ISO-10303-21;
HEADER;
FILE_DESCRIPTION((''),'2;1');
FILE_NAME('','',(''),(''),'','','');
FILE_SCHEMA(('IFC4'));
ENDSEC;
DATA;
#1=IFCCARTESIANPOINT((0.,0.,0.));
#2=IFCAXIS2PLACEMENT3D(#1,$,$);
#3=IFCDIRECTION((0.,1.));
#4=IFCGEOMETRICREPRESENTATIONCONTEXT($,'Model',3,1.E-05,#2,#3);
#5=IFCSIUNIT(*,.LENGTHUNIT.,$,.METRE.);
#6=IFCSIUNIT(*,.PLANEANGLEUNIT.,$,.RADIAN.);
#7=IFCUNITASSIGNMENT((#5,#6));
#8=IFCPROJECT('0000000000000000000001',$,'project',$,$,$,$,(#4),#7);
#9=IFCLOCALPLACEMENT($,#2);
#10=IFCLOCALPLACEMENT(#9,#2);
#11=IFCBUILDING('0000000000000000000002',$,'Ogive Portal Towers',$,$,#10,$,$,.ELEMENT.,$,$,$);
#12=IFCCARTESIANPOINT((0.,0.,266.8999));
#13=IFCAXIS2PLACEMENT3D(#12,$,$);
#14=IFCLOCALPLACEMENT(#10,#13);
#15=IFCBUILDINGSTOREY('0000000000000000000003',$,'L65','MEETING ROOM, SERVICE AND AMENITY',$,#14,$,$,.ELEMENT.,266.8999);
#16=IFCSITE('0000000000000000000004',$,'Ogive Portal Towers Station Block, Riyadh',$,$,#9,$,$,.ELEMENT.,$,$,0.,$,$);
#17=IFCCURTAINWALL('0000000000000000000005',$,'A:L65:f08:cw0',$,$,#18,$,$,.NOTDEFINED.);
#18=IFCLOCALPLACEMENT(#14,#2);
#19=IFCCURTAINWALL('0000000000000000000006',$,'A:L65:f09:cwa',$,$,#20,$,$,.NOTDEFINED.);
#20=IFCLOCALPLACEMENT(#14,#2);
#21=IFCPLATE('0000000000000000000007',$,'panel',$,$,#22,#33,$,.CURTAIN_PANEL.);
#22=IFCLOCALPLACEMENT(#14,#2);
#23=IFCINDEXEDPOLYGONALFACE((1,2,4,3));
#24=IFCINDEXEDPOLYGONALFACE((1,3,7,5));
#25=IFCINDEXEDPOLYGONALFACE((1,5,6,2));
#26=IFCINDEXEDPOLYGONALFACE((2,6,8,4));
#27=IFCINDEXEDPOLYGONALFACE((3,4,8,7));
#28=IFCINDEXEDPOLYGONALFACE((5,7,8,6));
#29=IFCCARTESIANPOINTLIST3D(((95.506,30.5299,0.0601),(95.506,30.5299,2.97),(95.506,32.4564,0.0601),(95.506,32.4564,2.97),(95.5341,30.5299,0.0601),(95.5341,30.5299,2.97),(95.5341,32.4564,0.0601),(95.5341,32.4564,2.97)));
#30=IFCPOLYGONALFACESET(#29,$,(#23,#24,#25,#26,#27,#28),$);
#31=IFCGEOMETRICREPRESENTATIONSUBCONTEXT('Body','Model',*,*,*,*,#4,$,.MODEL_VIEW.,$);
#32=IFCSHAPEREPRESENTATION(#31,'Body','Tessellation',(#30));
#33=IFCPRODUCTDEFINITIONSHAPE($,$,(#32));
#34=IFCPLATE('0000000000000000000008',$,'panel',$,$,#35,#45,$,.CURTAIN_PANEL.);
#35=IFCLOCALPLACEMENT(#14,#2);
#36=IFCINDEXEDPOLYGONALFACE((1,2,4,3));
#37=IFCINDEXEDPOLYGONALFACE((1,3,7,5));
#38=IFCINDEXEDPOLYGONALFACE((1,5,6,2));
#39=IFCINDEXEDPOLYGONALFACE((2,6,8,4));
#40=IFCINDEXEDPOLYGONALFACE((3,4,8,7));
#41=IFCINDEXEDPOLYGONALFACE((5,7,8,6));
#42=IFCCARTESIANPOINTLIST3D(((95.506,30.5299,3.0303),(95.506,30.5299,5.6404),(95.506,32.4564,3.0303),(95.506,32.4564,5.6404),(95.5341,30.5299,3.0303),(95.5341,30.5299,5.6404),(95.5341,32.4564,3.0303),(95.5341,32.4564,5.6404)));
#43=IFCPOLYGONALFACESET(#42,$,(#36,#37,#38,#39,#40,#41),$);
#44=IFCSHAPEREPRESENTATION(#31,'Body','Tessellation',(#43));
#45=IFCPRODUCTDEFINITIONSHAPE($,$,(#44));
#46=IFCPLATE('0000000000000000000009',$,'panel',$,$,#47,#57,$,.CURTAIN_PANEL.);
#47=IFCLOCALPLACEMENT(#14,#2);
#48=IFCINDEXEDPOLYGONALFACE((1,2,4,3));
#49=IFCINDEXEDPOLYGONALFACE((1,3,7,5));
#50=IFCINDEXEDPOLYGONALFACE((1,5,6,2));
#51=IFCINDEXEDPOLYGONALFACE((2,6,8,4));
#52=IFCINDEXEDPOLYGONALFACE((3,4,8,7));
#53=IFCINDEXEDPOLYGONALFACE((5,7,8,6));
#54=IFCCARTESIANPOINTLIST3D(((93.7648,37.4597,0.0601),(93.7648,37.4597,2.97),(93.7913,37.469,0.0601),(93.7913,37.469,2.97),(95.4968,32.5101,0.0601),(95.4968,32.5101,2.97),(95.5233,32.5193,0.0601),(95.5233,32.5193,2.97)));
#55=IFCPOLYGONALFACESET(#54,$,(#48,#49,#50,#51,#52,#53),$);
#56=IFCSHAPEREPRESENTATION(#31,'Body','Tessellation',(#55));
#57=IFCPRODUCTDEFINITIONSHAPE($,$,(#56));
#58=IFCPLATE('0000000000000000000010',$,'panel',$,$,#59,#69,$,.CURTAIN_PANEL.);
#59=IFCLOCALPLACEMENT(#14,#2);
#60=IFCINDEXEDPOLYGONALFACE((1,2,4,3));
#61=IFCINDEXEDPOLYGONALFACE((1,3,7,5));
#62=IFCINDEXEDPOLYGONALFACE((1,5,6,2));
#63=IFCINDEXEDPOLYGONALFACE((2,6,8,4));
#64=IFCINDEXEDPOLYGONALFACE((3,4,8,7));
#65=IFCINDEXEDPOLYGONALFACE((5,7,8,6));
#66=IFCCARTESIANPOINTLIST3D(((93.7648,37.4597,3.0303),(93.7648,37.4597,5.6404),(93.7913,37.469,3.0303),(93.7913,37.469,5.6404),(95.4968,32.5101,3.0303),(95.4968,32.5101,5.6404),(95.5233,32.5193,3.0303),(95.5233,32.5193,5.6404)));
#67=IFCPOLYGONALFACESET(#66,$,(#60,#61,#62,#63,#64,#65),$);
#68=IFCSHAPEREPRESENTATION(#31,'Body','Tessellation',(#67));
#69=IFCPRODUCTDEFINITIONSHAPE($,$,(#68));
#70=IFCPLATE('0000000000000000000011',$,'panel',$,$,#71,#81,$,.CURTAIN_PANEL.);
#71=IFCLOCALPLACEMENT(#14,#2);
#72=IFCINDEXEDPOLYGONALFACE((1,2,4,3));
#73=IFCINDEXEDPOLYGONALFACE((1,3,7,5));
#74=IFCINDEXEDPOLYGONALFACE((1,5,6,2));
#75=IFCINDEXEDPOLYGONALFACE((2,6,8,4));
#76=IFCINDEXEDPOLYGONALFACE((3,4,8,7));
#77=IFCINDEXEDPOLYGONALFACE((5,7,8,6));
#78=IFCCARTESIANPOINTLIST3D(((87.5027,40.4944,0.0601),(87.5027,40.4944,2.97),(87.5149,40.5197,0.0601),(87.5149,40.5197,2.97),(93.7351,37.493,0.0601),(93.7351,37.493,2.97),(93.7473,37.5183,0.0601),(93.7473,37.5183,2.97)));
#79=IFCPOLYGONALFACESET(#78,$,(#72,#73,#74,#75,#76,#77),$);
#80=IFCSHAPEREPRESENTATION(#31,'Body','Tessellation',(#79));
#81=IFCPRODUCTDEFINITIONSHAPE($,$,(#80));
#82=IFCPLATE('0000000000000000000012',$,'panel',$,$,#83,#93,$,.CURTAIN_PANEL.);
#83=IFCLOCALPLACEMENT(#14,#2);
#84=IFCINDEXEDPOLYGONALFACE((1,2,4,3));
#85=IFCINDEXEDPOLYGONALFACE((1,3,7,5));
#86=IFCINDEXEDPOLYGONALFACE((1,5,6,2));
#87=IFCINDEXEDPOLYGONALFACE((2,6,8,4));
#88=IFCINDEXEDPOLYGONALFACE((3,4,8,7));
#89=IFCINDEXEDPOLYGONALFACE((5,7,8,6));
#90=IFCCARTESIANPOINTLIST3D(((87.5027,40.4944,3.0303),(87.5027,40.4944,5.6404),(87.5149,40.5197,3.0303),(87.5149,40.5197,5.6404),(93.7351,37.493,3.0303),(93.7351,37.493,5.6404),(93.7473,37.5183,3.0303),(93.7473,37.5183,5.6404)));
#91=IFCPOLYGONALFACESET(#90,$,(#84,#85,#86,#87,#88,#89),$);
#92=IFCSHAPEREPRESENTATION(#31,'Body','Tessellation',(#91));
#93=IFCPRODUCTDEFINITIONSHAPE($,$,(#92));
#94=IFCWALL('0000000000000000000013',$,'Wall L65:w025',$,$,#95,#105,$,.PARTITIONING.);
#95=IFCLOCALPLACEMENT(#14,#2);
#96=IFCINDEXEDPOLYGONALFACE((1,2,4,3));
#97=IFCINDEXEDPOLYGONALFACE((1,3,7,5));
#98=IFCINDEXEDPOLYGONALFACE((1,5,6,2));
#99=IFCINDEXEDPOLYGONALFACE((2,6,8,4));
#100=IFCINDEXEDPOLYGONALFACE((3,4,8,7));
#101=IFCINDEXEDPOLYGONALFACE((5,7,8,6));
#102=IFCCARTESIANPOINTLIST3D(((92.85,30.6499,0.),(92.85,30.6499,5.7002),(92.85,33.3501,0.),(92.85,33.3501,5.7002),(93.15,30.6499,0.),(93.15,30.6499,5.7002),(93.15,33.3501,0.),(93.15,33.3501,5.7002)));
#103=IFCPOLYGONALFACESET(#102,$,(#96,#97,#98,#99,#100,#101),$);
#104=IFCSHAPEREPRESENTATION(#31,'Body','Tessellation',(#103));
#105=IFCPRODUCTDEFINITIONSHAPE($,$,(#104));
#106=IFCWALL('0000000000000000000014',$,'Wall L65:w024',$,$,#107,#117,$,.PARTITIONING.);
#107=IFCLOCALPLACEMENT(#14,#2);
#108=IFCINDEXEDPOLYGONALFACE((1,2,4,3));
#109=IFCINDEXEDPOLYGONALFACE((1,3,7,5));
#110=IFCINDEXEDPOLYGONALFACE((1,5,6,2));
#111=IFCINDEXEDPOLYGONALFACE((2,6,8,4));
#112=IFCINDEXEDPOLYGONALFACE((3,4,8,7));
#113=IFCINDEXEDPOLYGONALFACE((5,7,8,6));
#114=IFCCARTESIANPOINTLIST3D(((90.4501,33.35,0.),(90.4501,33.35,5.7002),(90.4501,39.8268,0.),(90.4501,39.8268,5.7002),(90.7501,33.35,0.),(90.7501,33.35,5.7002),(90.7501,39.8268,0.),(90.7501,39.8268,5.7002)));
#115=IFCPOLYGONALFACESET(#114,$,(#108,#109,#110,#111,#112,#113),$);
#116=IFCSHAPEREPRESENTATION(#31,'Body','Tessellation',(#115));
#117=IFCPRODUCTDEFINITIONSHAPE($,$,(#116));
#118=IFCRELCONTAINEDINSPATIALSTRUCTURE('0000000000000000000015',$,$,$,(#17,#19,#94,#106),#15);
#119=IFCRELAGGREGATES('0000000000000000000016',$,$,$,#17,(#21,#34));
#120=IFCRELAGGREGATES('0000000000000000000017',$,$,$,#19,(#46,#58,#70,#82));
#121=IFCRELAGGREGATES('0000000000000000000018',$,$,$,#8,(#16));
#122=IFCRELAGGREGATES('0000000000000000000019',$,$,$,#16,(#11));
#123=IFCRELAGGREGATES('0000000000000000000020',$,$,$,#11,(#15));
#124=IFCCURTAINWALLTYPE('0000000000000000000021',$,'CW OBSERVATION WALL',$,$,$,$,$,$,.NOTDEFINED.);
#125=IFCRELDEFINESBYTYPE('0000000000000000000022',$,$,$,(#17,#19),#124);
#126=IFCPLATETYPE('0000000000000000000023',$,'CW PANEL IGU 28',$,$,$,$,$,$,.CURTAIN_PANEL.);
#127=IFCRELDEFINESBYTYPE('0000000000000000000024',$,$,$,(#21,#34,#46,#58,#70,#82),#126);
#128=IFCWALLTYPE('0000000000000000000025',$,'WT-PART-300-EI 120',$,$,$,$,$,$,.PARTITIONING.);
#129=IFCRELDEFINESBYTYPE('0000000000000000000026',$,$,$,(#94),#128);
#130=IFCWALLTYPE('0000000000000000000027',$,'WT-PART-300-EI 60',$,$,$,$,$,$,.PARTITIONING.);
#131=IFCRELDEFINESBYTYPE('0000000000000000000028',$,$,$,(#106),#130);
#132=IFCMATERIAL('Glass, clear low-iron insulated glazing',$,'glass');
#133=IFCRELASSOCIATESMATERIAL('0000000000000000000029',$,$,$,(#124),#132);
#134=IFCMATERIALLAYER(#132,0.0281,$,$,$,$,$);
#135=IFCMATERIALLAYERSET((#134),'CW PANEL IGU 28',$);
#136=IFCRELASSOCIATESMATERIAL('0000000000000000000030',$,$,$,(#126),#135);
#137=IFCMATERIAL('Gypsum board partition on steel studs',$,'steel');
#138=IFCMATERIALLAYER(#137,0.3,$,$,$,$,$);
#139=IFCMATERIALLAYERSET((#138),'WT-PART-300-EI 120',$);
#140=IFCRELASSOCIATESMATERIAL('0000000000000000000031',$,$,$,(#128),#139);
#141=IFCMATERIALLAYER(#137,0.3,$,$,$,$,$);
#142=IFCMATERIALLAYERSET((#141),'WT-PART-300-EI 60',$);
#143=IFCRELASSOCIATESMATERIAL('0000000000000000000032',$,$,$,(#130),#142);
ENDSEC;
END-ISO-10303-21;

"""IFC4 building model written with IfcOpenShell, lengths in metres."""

from ifc_helpers import new_model, si_unit, direction, frame, frame_2d, origin, origin_2d, place, context, subcontext, project, spatial, rectangle, extrude, material, layer, layer_set, type_object, element, aggregate, save


model = new_model("IFC4")

# Units and contexts
model_context = context("Model", 3, precision=1e-05, world=origin(), true_north=direction((0.0, 1.0)))
body_context = subcontext(model_context, "Body", "Model", "MODEL_VIEW")
ifc_project = project(units=[si_unit("LENGTHUNIT", "METRE"), si_unit("PLANEANGLEUNIT", "RADIAN")], contexts=[model_context])

# Site, building, storey
site_placement = place(None, origin())
site = spatial("IfcSite", under=ifc_project, at=site_placement, Name="Ogive Portal Towers Station Block, Riyadh", CompositionType="ELEMENT", RefElevation=0.0)
building_placement = place(site_placement, origin())
building = spatial("IfcBuilding", under=site, at=building_placement, Name="Ogive Portal Towers", CompositionType="ELEMENT")
storey_placement = place(building_placement, frame((0.0, 0.0, 266.8999)))
storey = spatial("IfcBuildingStorey", under=building, at=storey_placement, Name="L65", Description="MEETING ROOM, SERVICE AND AMENITY", CompositionType="ELEMENT", Elevation=266.8999)

# Curtain wall
ifc_material_1 = material(Name="Glass, clear low-iron insulated glazing", Category="glass")
curtain_wall_type = type_object("IfcCurtainWallType", Name="CW OBSERVATION WALL", PredefinedType="NOTDEFINED", material=ifc_material_1)
curtain_wall_1_placement = place(storey_placement, origin())
curtain_wall_1 = element("IfcCurtainWall", 1, at=curtain_wall_1_placement, inside=storey, type_object=curtain_wall_type, Name="A:L65:f08:cw0", PredefinedType="NOTDEFINED")

# Curtain wall
curtain_wall_2_placement = place(storey_placement, origin())
curtain_wall_2 = element("IfcCurtainWall", 2, at=curtain_wall_2_placement, inside=storey, type_object=curtain_wall_type, Name="A:L65:f09:cwa", PredefinedType="NOTDEFINED")

# Plates
ifc_layer_1 = layer(ifc_material_1, 0.0281)
ifc_layer_set_1 = layer_set([ifc_layer_1], Name="CW PANEL IGU 28")
plate_type = type_object("IfcPlateType", Name="CW PANEL IGU 28", PredefinedType="CURTAIN_PANEL", material=ifc_layer_set_1)
plate_1_placement = place(storey_placement, frame((95.52, 31.4932, 0.0601), z_axis=(0.0, 0.0, 1.0), x_axis=(0.0, 1.0, 0.0)))
plate_1 = element("IfcPlate", 3, at=plate_1_placement, type_object=plate_type, Name="panel", PredefinedType="CURTAIN_PANEL", context=body_context, shape_type="SweptSolid", body=[
    extrude(rectangle(XDim=1.9265, YDim=0.0281, at=origin_2d()), origin(), (0.0, 0.0, 1.0), 2.9099),
])
plate_2_placement = place(storey_placement, frame((95.52, 31.4932, 3.0303), z_axis=(0.0, 0.0, 1.0), x_axis=(0.0, 1.0, 0.0)))
plate_2 = element("IfcPlate", 4, at=plate_2_placement, type_object=plate_type, Name="panel", PredefinedType="CURTAIN_PANEL", context=body_context, shape_type="SweptSolid", body=[
    extrude(rectangle(XDim=1.9265, YDim=0.0281, at=origin_2d()), origin(), (0.0, 0.0, 1.0), 2.6101),
])
aggregate(curtain_wall_1, [plate_1, plate_2])
plate_3_placement = place(storey_placement, frame((94.644, 34.9895, 0.0601), z_axis=(0.0, 0.0, 1.0), x_axis=(-0.330279, 0.943883, 0.0)))
plate_3 = element("IfcPlate", 5, at=plate_3_placement, type_object=plate_type, Name="panel", PredefinedType="CURTAIN_PANEL", context=body_context, shape_type="SweptSolid", body=[
    extrude(rectangle(XDim=5.2439, YDim=0.0281, at=origin_2d()), origin(), (0.0, 0.0, 1.0), 2.9099),
])
plate_4_placement = place(storey_placement, frame((94.644, 34.9895, 3.0303), z_axis=(0.0, 0.0, 1.0), x_axis=(-0.330279, 0.943883, 0.0)))
plate_4 = element("IfcPlate", 6, at=plate_4_placement, type_object=plate_type, Name="panel", PredefinedType="CURTAIN_PANEL", context=body_context, shape_type="SweptSolid", body=[
    extrude(rectangle(XDim=5.2439, YDim=0.0281, at=origin_2d()), origin(), (0.0, 0.0, 1.0), 2.6101),
])
plate_5_placement = place(storey_placement, frame((90.625, 39.0063, 0.0601), z_axis=(0.0, 0.0, 1.0), x_axis=(-0.900969, 0.433884, 0.0)))
plate_5 = element("IfcPlate", 7, at=plate_5_placement, type_object=plate_type, Name="panel", PredefinedType="CURTAIN_PANEL", context=body_context, shape_type="SweptSolid", body=[
    extrude(rectangle(XDim=6.9175, YDim=0.0281, at=origin_2d()), origin(), (0.0, 0.0, 1.0), 2.9099),
])
plate_6_placement = place(storey_placement, frame((90.625, 39.0063, 3.0303), z_axis=(0.0, 0.0, 1.0), x_axis=(-0.900969, 0.433884, 0.0)))
plate_6 = element("IfcPlate", 8, at=plate_6_placement, type_object=plate_type, Name="panel", PredefinedType="CURTAIN_PANEL", context=body_context, shape_type="SweptSolid", body=[
    extrude(rectangle(XDim=6.9175, YDim=0.0281, at=origin_2d()), origin(), (0.0, 0.0, 1.0), 2.6101),
])
aggregate(curtain_wall_2, [plate_3, plate_4, plate_5, plate_6])

# Walls
ifc_material_2 = material(Name="Gypsum board partition on steel studs", Category="steel")
ifc_layer_2 = layer(ifc_material_2, 0.3)
ifc_layer_set_2 = layer_set([ifc_layer_2], Name="WT-PART-300-EI 120")
wall_type_1 = type_object("IfcWallType", Name="WT-PART-300-EI 120", PredefinedType="PARTITIONING", material=ifc_layer_set_2)
wall_1_placement = place(storey_placement, frame((93.0, 30.6499, 0.0), z_axis=(0.0, 0.0, 1.0), x_axis=(0.0, 1.0, 0.0)))
element("IfcWall", 9, at=wall_1_placement, inside=storey, type_object=wall_type_1, Name="Wall L65:w025", PredefinedType="PARTITIONING", context=body_context, shape_type="SweptSolid", body=[
    extrude(rectangle(XDim=2.7002, YDim=0.3, at=frame_2d((1.3501, 0.0))), origin(), (0.0, 0.0, 1.0), 5.7002),
])
ifc_layer_3 = layer(ifc_material_2, 0.3)
ifc_layer_set_3 = layer_set([ifc_layer_3], Name="WT-PART-300-EI 60")
wall_type_2 = type_object("IfcWallType", Name="WT-PART-300-EI 60", PredefinedType="PARTITIONING", material=ifc_layer_set_3)
wall_2_placement = place(storey_placement, frame((90.6001, 33.3501, 0.0), z_axis=(0.0, 0.0, 1.0), x_axis=(0.0, 1.0, 0.0)))
element("IfcWall", 10, at=wall_2_placement, inside=storey, type_object=wall_type_2, Name="Wall L65:w024", PredefinedType="PARTITIONING", context=body_context, shape_type="SweptSolid", body=[
    extrude(rectangle(XDim=6.4768, YDim=0.3, at=frame_2d((3.2383, 0.0))), origin(), (0.0, 0.0, 1.0), 5.7002),
])

save(model, "model.ifc")
